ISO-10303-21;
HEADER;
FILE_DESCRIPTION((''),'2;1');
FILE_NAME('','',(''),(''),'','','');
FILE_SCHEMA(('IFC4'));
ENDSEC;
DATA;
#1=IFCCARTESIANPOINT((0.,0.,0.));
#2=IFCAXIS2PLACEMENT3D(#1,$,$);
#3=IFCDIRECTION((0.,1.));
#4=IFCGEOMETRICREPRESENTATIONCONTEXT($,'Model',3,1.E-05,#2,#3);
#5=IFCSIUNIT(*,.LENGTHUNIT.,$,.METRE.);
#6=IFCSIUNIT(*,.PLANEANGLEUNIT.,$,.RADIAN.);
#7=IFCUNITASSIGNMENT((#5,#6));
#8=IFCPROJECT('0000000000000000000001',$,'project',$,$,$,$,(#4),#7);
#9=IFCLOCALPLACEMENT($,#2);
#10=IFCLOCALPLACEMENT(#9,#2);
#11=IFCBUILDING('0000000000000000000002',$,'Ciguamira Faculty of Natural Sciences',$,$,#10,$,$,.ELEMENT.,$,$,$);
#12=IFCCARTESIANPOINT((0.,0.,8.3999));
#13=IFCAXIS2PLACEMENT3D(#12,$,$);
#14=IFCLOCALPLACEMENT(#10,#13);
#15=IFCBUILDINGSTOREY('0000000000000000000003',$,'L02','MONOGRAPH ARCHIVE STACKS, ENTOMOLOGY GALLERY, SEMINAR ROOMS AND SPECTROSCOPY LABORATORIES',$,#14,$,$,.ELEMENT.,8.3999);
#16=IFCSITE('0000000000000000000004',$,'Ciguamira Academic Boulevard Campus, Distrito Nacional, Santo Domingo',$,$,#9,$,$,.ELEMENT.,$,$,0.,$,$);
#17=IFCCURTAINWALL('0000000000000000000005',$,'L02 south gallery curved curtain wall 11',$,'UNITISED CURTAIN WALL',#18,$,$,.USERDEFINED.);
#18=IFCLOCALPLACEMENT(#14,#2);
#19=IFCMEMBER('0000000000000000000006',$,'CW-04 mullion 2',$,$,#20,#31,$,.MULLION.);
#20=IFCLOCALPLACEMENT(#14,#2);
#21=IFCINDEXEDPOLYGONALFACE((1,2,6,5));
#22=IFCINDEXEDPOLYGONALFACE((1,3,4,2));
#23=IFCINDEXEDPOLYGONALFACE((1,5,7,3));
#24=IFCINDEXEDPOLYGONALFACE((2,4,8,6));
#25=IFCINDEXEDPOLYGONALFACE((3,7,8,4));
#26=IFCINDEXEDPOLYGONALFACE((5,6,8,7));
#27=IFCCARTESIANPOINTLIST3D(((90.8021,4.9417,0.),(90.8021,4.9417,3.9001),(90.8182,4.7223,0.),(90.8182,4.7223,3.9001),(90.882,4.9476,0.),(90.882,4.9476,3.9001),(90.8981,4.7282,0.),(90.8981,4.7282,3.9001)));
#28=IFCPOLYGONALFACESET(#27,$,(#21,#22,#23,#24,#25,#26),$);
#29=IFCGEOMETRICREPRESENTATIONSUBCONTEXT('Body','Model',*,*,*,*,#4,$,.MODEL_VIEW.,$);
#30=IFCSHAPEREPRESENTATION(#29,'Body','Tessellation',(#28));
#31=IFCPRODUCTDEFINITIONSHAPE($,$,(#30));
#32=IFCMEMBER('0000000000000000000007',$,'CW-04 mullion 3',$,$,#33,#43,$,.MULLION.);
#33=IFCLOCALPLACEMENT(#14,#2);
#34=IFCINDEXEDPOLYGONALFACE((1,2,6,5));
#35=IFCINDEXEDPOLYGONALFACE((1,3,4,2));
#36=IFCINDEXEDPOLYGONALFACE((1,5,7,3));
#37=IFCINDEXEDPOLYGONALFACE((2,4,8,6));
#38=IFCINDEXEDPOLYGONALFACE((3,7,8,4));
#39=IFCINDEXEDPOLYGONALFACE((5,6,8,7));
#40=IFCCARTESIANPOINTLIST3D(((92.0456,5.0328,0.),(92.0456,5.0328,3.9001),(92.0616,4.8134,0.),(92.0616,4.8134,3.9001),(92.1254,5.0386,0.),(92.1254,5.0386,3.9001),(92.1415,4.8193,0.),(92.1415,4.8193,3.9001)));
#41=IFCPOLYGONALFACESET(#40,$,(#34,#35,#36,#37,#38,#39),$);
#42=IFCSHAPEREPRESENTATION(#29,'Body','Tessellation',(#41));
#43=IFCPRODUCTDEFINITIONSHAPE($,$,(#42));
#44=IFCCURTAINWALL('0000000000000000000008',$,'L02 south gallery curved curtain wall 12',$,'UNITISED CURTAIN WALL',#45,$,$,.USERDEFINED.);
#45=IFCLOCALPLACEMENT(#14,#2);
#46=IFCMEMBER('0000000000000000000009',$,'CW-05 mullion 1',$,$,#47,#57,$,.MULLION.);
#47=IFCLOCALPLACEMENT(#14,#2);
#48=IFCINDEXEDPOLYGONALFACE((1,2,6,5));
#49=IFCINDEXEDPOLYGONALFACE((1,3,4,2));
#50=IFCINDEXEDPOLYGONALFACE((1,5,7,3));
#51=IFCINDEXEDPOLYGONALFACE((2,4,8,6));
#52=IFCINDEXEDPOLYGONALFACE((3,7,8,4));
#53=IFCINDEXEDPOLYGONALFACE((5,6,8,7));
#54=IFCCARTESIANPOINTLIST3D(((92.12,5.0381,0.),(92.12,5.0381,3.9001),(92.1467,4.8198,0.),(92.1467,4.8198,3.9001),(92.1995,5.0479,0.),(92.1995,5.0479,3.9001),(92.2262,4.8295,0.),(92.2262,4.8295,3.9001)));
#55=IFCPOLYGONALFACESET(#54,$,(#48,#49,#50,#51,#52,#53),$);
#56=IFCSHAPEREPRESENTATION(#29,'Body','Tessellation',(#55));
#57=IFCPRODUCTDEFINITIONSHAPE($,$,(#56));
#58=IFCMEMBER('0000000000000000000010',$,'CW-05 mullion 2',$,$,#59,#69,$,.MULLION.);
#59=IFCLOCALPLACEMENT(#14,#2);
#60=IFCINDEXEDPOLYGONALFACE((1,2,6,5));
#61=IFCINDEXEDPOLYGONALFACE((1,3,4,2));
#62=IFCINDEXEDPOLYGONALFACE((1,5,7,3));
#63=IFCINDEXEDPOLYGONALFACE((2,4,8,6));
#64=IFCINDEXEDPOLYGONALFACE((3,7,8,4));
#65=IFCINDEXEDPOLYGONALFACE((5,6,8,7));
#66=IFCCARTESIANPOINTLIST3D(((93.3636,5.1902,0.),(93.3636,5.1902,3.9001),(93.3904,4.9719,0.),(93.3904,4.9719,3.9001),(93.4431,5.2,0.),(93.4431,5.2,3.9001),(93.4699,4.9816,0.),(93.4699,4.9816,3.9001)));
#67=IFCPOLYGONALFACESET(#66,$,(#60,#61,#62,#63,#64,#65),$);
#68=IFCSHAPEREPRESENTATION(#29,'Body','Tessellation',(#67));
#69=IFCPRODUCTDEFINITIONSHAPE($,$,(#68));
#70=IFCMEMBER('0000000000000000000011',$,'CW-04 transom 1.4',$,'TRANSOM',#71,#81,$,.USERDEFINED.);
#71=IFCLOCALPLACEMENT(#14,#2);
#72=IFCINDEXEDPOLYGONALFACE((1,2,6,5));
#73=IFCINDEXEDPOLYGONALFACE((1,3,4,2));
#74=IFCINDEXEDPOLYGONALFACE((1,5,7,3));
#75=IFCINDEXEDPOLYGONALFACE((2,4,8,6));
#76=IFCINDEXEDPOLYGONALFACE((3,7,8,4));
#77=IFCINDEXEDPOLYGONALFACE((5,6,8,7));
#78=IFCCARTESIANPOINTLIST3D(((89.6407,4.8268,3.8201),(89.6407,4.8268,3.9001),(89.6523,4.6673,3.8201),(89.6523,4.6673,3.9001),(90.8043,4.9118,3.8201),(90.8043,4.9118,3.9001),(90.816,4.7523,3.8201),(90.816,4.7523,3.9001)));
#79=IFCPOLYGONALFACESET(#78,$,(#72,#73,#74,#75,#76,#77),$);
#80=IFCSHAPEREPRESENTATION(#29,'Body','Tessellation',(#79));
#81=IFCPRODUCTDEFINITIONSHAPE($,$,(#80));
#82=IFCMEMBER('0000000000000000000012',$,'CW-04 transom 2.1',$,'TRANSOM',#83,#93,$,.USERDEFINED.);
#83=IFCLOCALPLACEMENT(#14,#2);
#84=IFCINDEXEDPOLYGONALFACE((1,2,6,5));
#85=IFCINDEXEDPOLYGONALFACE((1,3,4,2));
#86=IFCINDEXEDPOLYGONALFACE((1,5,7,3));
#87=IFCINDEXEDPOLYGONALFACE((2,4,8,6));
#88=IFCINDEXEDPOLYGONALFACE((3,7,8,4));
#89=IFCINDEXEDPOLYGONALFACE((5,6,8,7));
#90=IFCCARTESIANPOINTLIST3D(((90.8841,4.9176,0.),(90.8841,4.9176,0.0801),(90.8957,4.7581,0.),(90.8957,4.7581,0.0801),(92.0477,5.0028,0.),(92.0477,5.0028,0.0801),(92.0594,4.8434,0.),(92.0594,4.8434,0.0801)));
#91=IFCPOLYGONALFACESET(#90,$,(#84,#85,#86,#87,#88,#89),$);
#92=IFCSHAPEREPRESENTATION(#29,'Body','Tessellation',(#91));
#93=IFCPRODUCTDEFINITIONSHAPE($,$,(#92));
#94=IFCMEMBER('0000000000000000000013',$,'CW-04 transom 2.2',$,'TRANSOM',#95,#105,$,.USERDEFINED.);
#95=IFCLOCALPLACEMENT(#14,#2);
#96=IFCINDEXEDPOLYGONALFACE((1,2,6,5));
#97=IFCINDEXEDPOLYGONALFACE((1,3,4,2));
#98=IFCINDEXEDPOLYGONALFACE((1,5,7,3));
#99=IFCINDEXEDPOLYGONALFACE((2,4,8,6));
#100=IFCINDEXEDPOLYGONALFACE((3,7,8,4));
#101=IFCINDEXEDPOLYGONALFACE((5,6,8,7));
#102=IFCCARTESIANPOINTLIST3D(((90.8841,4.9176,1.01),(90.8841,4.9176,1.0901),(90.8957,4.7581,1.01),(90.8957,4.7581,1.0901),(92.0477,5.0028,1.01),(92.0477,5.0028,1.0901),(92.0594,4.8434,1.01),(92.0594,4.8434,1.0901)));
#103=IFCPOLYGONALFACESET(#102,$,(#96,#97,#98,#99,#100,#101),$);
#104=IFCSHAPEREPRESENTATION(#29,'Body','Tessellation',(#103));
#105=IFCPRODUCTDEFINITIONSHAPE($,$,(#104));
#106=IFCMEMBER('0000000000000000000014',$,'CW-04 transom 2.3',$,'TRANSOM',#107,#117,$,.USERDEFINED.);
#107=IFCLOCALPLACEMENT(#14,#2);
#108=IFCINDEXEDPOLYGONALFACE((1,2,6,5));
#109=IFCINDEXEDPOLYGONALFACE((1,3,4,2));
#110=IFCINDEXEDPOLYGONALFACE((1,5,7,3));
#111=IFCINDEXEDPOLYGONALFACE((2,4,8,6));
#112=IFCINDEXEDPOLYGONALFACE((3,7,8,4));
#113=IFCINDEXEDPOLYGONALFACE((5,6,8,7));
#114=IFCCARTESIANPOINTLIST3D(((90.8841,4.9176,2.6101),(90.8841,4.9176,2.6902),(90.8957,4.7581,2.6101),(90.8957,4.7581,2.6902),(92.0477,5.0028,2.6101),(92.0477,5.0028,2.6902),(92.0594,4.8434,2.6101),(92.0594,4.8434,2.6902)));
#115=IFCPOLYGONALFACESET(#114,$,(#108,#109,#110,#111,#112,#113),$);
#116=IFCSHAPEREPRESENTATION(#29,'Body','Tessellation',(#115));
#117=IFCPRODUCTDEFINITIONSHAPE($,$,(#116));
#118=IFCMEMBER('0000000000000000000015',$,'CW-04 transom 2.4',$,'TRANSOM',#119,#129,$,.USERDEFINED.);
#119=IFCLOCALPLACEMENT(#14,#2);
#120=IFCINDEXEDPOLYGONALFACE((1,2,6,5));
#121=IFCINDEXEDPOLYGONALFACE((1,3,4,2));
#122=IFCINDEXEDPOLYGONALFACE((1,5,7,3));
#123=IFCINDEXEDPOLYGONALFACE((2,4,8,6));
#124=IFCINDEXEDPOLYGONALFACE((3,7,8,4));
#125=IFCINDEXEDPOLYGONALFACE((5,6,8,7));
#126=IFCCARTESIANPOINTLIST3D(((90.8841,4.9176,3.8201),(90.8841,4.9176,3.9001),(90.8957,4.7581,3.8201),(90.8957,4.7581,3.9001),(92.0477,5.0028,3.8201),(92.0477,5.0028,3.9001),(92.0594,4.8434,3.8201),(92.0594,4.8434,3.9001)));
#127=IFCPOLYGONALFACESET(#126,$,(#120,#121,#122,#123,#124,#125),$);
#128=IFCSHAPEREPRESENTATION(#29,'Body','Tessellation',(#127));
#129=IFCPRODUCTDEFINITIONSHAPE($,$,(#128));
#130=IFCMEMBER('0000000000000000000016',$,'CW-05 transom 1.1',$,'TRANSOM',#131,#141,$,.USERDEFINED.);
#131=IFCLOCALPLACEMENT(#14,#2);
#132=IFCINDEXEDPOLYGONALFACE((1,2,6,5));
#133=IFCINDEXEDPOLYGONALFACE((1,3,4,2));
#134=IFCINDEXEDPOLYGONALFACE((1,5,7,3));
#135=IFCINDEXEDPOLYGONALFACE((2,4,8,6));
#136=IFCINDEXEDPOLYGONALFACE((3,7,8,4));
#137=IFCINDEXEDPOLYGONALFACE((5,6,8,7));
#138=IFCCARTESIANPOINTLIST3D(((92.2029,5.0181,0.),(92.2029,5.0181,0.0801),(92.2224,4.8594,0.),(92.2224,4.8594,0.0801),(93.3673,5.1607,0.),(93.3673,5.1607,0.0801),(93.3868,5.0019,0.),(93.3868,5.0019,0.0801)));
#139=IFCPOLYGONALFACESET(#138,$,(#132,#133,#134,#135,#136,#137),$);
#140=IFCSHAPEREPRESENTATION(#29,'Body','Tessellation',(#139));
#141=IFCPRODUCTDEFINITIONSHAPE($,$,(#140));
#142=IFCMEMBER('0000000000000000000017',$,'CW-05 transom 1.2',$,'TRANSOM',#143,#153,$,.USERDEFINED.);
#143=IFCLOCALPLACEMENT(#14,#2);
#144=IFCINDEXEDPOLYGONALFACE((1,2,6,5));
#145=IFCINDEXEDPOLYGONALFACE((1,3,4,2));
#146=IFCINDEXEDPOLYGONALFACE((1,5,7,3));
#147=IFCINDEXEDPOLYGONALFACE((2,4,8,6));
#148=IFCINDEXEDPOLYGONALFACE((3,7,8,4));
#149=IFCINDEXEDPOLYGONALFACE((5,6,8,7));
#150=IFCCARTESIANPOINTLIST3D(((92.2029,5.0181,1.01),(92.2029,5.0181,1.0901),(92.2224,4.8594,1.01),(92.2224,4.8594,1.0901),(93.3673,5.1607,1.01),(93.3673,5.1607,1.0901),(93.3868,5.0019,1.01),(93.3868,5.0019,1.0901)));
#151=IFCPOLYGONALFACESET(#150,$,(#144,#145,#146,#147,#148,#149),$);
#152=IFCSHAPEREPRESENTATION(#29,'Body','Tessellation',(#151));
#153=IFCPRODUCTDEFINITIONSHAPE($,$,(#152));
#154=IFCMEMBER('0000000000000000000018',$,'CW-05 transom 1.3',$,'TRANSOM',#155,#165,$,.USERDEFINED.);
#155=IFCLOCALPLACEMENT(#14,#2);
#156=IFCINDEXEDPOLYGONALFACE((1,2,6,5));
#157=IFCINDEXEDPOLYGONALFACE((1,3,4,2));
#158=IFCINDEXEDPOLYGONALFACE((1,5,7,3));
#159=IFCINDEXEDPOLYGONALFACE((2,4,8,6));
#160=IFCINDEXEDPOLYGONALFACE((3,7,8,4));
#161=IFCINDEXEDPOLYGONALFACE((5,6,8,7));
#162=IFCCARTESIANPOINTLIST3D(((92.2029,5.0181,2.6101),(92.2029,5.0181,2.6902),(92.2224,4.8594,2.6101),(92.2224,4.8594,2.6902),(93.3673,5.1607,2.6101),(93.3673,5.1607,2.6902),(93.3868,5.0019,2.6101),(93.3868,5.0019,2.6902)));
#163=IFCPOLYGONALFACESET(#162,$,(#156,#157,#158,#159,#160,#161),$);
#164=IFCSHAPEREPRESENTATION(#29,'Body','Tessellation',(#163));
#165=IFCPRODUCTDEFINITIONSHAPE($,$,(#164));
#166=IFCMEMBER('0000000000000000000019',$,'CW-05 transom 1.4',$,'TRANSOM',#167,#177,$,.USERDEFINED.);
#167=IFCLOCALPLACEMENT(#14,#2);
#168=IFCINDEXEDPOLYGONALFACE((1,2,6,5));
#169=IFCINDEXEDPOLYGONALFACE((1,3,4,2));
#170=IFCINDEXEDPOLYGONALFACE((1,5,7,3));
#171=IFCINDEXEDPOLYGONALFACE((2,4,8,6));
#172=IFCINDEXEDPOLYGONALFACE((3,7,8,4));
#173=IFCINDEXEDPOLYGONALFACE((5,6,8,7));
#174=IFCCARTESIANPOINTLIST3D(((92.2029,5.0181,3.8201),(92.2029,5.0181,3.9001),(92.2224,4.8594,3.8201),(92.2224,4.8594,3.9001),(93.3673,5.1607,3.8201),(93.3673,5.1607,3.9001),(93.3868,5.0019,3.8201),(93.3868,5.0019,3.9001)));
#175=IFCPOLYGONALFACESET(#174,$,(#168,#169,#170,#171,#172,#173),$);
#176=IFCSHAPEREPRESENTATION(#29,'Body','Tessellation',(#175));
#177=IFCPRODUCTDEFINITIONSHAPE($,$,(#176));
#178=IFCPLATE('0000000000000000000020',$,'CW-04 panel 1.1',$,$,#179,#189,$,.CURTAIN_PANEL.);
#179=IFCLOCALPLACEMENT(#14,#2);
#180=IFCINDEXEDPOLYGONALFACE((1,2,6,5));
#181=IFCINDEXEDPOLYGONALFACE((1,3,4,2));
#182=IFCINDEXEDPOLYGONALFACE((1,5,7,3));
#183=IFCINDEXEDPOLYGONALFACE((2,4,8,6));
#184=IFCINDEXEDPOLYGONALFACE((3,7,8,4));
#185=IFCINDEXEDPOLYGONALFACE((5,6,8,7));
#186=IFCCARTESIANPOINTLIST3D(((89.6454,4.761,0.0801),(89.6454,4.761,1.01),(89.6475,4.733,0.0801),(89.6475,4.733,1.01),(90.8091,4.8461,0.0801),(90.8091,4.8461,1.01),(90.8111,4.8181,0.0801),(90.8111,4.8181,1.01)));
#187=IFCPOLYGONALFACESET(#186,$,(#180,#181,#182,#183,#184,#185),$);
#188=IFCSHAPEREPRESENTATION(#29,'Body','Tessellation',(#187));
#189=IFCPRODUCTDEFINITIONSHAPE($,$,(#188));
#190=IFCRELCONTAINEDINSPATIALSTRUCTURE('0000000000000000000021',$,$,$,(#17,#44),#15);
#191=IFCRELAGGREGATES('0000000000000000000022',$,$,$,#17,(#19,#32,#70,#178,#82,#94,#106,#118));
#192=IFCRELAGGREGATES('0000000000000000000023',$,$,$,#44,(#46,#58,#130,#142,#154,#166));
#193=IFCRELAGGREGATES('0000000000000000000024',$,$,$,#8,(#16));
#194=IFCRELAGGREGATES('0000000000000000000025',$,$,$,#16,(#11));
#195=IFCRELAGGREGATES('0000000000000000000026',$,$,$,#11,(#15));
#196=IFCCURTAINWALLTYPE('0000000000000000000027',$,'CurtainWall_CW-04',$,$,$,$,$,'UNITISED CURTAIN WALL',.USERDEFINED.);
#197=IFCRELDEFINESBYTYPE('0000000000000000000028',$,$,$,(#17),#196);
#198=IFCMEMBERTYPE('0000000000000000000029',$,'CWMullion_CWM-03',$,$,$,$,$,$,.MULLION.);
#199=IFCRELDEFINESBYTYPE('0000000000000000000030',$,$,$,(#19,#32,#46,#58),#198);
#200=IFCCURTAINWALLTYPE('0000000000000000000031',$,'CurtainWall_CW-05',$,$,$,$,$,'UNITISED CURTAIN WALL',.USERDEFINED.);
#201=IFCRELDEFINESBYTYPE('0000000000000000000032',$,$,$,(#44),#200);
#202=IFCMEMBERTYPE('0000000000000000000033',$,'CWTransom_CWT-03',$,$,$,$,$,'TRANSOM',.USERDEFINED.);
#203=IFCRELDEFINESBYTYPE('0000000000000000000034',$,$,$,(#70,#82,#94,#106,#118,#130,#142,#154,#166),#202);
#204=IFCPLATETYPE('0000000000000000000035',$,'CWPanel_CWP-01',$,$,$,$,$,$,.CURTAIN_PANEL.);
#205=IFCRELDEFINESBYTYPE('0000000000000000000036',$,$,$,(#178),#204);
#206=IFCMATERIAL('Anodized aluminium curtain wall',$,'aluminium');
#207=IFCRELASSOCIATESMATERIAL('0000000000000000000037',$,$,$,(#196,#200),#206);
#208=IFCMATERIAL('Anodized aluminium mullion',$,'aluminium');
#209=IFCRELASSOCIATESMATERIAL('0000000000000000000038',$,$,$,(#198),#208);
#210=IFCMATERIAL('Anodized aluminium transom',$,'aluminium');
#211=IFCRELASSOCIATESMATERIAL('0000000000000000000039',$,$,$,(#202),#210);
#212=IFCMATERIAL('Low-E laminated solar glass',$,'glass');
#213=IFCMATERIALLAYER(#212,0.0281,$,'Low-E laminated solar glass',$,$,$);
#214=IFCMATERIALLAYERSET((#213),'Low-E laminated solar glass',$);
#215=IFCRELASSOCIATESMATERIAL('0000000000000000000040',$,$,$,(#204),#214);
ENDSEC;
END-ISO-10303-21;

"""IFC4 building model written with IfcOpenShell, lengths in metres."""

from ifc_helpers import new_model, si_unit, direction, frame, origin, origin_2d, place, context, subcontext, project, spatial, rectangle, extrude, material, layer, layer_set, material_profile, profile_set, type_object, element, aggregate, save


model = new_model("IFC4")

# Units and contexts
model_context = context("Model", 3, precision=1e-05, world=origin(), true_north=direction((0.0, 1.0)))
body_context = subcontext(model_context, "Body", "Model", "MODEL_VIEW")
ifc_project = project(units=[si_unit("LENGTHUNIT", "METRE"), si_unit("PLANEANGLEUNIT", "RADIAN")], contexts=[model_context])

# Site, building, storey
site_placement = place(None, origin())
site = spatial("IfcSite", under=ifc_project, at=site_placement, Name="Ciguamira Academic Boulevard Campus, Distrito Nacional, Santo Domingo", CompositionType="ELEMENT", RefElevation=0.0)
building_placement = place(site_placement, origin())
building = spatial("IfcBuilding", under=site, at=building_placement, Name="Ciguamira Faculty of Natural Sciences", CompositionType="ELEMENT")
storey_placement = place(building_placement, frame((0.0, 0.0, 8.3999)))
storey = spatial("IfcBuildingStorey", under=building, at=storey_placement, Name="L02", Description="MONOGRAPH ARCHIVE STACKS, ENTOMOLOGY GALLERY, SEMINAR ROOMS AND SPECTROSCOPY LABORATORIES", CompositionType="ELEMENT", Elevation=8.3999)

# Curtain walls, members
ifc_material_1 = material(Name="Anodized aluminium curtain wall", Category="aluminium")
curtain_wall_type_1 = type_object("IfcCurtainWallType", Name="CurtainWall_CW-04", ElementType="UNITISED CURTAIN WALL", PredefinedType="USERDEFINED", material=ifc_material_1)
curtain_wall_1_placement = place(storey_placement, origin())
curtain_wall_1 = element("IfcCurtainWall", 1, at=curtain_wall_1_placement, inside=storey, type_object=curtain_wall_type_1, Name="L02 south gallery curved curtain wall 11", ObjectType="UNITISED CURTAIN WALL", PredefinedType="USERDEFINED")
ifc_material_2 = material(Name="Anodized aluminium mullion", Category="aluminium")
ifc_material_profile_1 = material_profile(ifc_material_2, rectangle(XDim=0.0801, YDim=0.22, at=origin_2d()), Name="ALU-MUL-80X220")
ifc_profile_set_1 = profile_set([ifc_material_profile_1], Name="Anodized aluminium mullion")
member_type_1 = type_object("IfcMemberType", Name="CWMullion_CWM-03", PredefinedType="MULLION", material=ifc_profile_set_1)
member_1_placement = place(storey_placement, frame((90.8501, 4.835, 0.0), z_axis=(0.0, 0.0, 1.0), x_axis=(0.997337, 0.072937, 0.0)))
member_1 = element("IfcMember", 2, at=member_1_placement, type_object=member_type_1, Name="CW-04 mullion 2", PredefinedType="MULLION", context=body_context, shape_type="SweptSolid", body=[
    extrude(rectangle(XDim=0.0801, YDim=0.22, at=origin_2d()), origin(), (0.0, 0.0, 1.0), 3.9001),
])
member_2_placement = place(storey_placement, frame((92.0935, 4.926, 0.0), z_axis=(0.0, 0.0, 1.0), x_axis=(0.997337, 0.072937, 0.0)))
member_2 = element("IfcMember", 3, at=member_2_placement, type_object=member_type_1, Name="CW-04 mullion 3", PredefinedType="MULLION", context=body_context, shape_type="SweptSolid", body=[
    extrude(rectangle(XDim=0.0801, YDim=0.22, at=origin_2d()), origin(), (0.0, 0.0, 1.0), 3.9001),
])
curtain_wall_type_2 = type_object("IfcCurtainWallType", Name="CurtainWall_CW-05", ElementType="UNITISED CURTAIN WALL", PredefinedType="USERDEFINED", material=ifc_material_1)
curtain_wall_2_placement = place(storey_placement, origin())
curtain_wall_2 = element("IfcCurtainWall", 4, at=curtain_wall_2_placement, inside=storey, type_object=curtain_wall_type_2, Name="L02 south gallery curved curtain wall 12", ObjectType="UNITISED CURTAIN WALL", PredefinedType="USERDEFINED")
member_3_placement = place(storey_placement, frame((92.1731, 4.9338, 0.0), z_axis=(0.0, 0.0, 1.0), x_axis=(0.992586, 0.121545, 0.0)))
member_3 = element("IfcMember", 5, at=member_3_placement, type_object=member_type_1, Name="CW-05 mullion 1", PredefinedType="MULLION", context=body_context, shape_type="SweptSolid", body=[
    extrude(rectangle(XDim=0.0801, YDim=0.22, at=origin_2d()), origin(), (0.0, 0.0, 1.0), 3.9001),
])
member_4_placement = place(storey_placement, frame((93.4167, 5.0859, 0.0), z_axis=(0.0, 0.0, 1.0), x_axis=(0.992586, 0.121545, 0.0)))
member_4 = element("IfcMember", 6, at=member_4_placement, type_object=member_type_1, Name="CW-05 mullion 2", PredefinedType="MULLION", context=body_context, shape_type="SweptSolid", body=[
    extrude(rectangle(XDim=0.0801, YDim=0.22, at=origin_2d()), origin(), (0.0, 0.0, 1.0), 3.9001),
])

# Members
ifc_material_3 = material(Name="Anodized aluminium transom", Category="aluminium")
ifc_material_profile_2 = material_profile(ifc_material_3, rectangle(XDim=0.0801, YDim=0.1599, at=origin_2d()), Name="ALU-TRN-80X160")
ifc_profile_set_2 = profile_set([ifc_material_profile_2], Name="Anodized aluminium transom")
member_type_2 = type_object("IfcMemberType", Name="CWTransom_CWT-03", ElementType="TRANSOM", PredefinedType="USERDEFINED", material=ifc_profile_set_2)
member_5_placement = place(storey_placement, frame((89.6465, 4.7471, 3.8601), z_axis=(0.997345, 0.072823, 0.0), x_axis=(0.0, 0.0, 1.0)))
member_5 = element("IfcMember", 7, at=member_5_placement, type_object=member_type_2, Name="CW-04 transom 1.4", ObjectType="TRANSOM", PredefinedType="USERDEFINED", context=body_context, shape_type="SweptSolid", body=[
    extrude(rectangle(XDim=0.0801, YDim=0.1599, at=origin_2d()), origin(), (0.0, 0.0, 1.0), 1.1667),
])
member_6_placement = place(storey_placement, frame((90.8899, 4.8379, 0.04), z_axis=(0.99733, 0.073031, 0.0), x_axis=(0.0, 0.0, 1.0)))
member_6 = element("IfcMember", 8, at=member_6_placement, type_object=member_type_2, Name="CW-04 transom 2.1", ObjectType="TRANSOM", PredefinedType="USERDEFINED", context=body_context, shape_type="SweptSolid", body=[
    extrude(rectangle(XDim=0.0801, YDim=0.1599, at=origin_2d()), origin(), (0.0, 0.0, 1.0), 1.1667),
])
member_7_placement = place(storey_placement, frame((90.8899, 4.8379, 1.05), z_axis=(0.99733, 0.073031, 0.0), x_axis=(0.0, 0.0, 1.0)))
member_7 = element("IfcMember", 9, at=member_7_placement, type_object=member_type_2, Name="CW-04 transom 2.2", ObjectType="TRANSOM", PredefinedType="USERDEFINED", context=body_context, shape_type="SweptSolid", body=[
    extrude(rectangle(XDim=0.0801, YDim=0.1599, at=origin_2d()), origin(), (0.0, 0.0, 1.0), 1.1667),
])
member_8_placement = place(storey_placement, frame((90.8899, 4.8379, 2.6501), z_axis=(0.99733, 0.073031, 0.0), x_axis=(0.0, 0.0, 1.0)))
member_8 = element("IfcMember", 10, at=member_8_placement, type_object=member_type_2, Name="CW-04 transom 2.3", ObjectType="TRANSOM", PredefinedType="USERDEFINED", context=body_context, shape_type="SweptSolid", body=[
    extrude(rectangle(XDim=0.0801, YDim=0.1599, at=origin_2d()), origin(), (0.0, 0.0, 1.0), 1.1667),
])
member_9_placement = place(storey_placement, frame((90.8899, 4.8379, 3.8601), z_axis=(0.99733, 0.073031, 0.0), x_axis=(0.0, 0.0, 1.0)))
member_9 = element("IfcMember", 11, at=member_9_placement, type_object=member_type_2, Name="CW-04 transom 2.4", ObjectType="TRANSOM", PredefinedType="USERDEFINED", context=body_context, shape_type="SweptSolid", body=[
    extrude(rectangle(XDim=0.0801, YDim=0.1599, at=origin_2d()), origin(), (0.0, 0.0, 1.0), 1.1667),
])
member_10_placement = place(storey_placement, frame((92.2126, 4.9387, 0.04), z_axis=(0.992585, 0.12155, 0.0), x_axis=(0.0, 0.0, 1.0)))
member_10 = element("IfcMember", 12, at=member_10_placement, type_object=member_type_2, Name="CW-05 transom 1.1", ObjectType="TRANSOM", PredefinedType="USERDEFINED", context=body_context, shape_type="SweptSolid", body=[
    extrude(rectangle(XDim=0.0801, YDim=0.1599, at=origin_2d()), origin(), (0.0, 0.0, 1.0), 1.1731),
])
member_11_placement = place(storey_placement, frame((92.2126, 4.9387, 1.05), z_axis=(0.992585, 0.12155, 0.0), x_axis=(0.0, 0.0, 1.0)))
member_11 = element("IfcMember", 13, at=member_11_placement, type_object=member_type_2, Name="CW-05 transom 1.2", ObjectType="TRANSOM", PredefinedType="USERDEFINED", context=body_context, shape_type="SweptSolid", body=[
    extrude(rectangle(XDim=0.0801, YDim=0.1599, at=origin_2d()), origin(), (0.0, 0.0, 1.0), 1.1731),
])
member_12_placement = place(storey_placement, frame((92.2126, 4.9387, 2.6501), z_axis=(0.992585, 0.12155, 0.0), x_axis=(0.0, 0.0, 1.0)))
member_12 = element("IfcMember", 14, at=member_12_placement, type_object=member_type_2, Name="CW-05 transom 1.3", ObjectType="TRANSOM", PredefinedType="USERDEFINED", context=body_context, shape_type="SweptSolid", body=[
    extrude(rectangle(XDim=0.0801, YDim=0.1599, at=origin_2d()), origin(), (0.0, 0.0, 1.0), 1.1731),
])
member_13_placement = place(storey_placement, frame((92.2126, 4.9387, 3.8601), z_axis=(0.992585, 0.12155, 0.0), x_axis=(0.0, 0.0, 1.0)))
member_13 = element("IfcMember", 15, at=member_13_placement, type_object=member_type_2, Name="CW-05 transom 1.4", ObjectType="TRANSOM", PredefinedType="USERDEFINED", context=body_context, shape_type="SweptSolid", body=[
    extrude(rectangle(XDim=0.0801, YDim=0.1599, at=origin_2d()), origin(), (0.0, 0.0, 1.0), 1.1731),
])

# Plate
ifc_material_4 = material(Name="Low-E laminated solar glass", Category="glass")
ifc_layer = layer(ifc_material_4, 0.0281, Name="Low-E laminated solar glass")
ifc_layer_set = layer_set([ifc_layer], Name="Low-E laminated solar glass")
plate_type = type_object("IfcPlateType", Name="CWPanel_CWP-01", PredefinedType="CURTAIN_PANEL", material=ifc_layer_set)
plate_1_placement = place(storey_placement, frame((90.2283, 4.7896, 0.0801), z_axis=(0.0, 0.0, 1.0), x_axis=(0.997337, 0.072937, 0.0)))
plate_1 = element("IfcPlate", 16, at=plate_1_placement, type_object=plate_type, Name="CW-04 panel 1.1", PredefinedType="CURTAIN_PANEL", context=body_context, shape_type="SweptSolid", body=[
    extrude(rectangle(XDim=1.1667, YDim=0.0281, at=origin_2d()), origin(), (0.0, 0.0, 1.0), 0.9299),
])
aggregate(curtain_wall_1, [member_1, member_2, member_5, plate_1, member_6, member_7, member_8, member_9])
aggregate(curtain_wall_2, [member_3, member_4, member_10, member_11, member_12, member_13])

save(model, "model.ifc")
